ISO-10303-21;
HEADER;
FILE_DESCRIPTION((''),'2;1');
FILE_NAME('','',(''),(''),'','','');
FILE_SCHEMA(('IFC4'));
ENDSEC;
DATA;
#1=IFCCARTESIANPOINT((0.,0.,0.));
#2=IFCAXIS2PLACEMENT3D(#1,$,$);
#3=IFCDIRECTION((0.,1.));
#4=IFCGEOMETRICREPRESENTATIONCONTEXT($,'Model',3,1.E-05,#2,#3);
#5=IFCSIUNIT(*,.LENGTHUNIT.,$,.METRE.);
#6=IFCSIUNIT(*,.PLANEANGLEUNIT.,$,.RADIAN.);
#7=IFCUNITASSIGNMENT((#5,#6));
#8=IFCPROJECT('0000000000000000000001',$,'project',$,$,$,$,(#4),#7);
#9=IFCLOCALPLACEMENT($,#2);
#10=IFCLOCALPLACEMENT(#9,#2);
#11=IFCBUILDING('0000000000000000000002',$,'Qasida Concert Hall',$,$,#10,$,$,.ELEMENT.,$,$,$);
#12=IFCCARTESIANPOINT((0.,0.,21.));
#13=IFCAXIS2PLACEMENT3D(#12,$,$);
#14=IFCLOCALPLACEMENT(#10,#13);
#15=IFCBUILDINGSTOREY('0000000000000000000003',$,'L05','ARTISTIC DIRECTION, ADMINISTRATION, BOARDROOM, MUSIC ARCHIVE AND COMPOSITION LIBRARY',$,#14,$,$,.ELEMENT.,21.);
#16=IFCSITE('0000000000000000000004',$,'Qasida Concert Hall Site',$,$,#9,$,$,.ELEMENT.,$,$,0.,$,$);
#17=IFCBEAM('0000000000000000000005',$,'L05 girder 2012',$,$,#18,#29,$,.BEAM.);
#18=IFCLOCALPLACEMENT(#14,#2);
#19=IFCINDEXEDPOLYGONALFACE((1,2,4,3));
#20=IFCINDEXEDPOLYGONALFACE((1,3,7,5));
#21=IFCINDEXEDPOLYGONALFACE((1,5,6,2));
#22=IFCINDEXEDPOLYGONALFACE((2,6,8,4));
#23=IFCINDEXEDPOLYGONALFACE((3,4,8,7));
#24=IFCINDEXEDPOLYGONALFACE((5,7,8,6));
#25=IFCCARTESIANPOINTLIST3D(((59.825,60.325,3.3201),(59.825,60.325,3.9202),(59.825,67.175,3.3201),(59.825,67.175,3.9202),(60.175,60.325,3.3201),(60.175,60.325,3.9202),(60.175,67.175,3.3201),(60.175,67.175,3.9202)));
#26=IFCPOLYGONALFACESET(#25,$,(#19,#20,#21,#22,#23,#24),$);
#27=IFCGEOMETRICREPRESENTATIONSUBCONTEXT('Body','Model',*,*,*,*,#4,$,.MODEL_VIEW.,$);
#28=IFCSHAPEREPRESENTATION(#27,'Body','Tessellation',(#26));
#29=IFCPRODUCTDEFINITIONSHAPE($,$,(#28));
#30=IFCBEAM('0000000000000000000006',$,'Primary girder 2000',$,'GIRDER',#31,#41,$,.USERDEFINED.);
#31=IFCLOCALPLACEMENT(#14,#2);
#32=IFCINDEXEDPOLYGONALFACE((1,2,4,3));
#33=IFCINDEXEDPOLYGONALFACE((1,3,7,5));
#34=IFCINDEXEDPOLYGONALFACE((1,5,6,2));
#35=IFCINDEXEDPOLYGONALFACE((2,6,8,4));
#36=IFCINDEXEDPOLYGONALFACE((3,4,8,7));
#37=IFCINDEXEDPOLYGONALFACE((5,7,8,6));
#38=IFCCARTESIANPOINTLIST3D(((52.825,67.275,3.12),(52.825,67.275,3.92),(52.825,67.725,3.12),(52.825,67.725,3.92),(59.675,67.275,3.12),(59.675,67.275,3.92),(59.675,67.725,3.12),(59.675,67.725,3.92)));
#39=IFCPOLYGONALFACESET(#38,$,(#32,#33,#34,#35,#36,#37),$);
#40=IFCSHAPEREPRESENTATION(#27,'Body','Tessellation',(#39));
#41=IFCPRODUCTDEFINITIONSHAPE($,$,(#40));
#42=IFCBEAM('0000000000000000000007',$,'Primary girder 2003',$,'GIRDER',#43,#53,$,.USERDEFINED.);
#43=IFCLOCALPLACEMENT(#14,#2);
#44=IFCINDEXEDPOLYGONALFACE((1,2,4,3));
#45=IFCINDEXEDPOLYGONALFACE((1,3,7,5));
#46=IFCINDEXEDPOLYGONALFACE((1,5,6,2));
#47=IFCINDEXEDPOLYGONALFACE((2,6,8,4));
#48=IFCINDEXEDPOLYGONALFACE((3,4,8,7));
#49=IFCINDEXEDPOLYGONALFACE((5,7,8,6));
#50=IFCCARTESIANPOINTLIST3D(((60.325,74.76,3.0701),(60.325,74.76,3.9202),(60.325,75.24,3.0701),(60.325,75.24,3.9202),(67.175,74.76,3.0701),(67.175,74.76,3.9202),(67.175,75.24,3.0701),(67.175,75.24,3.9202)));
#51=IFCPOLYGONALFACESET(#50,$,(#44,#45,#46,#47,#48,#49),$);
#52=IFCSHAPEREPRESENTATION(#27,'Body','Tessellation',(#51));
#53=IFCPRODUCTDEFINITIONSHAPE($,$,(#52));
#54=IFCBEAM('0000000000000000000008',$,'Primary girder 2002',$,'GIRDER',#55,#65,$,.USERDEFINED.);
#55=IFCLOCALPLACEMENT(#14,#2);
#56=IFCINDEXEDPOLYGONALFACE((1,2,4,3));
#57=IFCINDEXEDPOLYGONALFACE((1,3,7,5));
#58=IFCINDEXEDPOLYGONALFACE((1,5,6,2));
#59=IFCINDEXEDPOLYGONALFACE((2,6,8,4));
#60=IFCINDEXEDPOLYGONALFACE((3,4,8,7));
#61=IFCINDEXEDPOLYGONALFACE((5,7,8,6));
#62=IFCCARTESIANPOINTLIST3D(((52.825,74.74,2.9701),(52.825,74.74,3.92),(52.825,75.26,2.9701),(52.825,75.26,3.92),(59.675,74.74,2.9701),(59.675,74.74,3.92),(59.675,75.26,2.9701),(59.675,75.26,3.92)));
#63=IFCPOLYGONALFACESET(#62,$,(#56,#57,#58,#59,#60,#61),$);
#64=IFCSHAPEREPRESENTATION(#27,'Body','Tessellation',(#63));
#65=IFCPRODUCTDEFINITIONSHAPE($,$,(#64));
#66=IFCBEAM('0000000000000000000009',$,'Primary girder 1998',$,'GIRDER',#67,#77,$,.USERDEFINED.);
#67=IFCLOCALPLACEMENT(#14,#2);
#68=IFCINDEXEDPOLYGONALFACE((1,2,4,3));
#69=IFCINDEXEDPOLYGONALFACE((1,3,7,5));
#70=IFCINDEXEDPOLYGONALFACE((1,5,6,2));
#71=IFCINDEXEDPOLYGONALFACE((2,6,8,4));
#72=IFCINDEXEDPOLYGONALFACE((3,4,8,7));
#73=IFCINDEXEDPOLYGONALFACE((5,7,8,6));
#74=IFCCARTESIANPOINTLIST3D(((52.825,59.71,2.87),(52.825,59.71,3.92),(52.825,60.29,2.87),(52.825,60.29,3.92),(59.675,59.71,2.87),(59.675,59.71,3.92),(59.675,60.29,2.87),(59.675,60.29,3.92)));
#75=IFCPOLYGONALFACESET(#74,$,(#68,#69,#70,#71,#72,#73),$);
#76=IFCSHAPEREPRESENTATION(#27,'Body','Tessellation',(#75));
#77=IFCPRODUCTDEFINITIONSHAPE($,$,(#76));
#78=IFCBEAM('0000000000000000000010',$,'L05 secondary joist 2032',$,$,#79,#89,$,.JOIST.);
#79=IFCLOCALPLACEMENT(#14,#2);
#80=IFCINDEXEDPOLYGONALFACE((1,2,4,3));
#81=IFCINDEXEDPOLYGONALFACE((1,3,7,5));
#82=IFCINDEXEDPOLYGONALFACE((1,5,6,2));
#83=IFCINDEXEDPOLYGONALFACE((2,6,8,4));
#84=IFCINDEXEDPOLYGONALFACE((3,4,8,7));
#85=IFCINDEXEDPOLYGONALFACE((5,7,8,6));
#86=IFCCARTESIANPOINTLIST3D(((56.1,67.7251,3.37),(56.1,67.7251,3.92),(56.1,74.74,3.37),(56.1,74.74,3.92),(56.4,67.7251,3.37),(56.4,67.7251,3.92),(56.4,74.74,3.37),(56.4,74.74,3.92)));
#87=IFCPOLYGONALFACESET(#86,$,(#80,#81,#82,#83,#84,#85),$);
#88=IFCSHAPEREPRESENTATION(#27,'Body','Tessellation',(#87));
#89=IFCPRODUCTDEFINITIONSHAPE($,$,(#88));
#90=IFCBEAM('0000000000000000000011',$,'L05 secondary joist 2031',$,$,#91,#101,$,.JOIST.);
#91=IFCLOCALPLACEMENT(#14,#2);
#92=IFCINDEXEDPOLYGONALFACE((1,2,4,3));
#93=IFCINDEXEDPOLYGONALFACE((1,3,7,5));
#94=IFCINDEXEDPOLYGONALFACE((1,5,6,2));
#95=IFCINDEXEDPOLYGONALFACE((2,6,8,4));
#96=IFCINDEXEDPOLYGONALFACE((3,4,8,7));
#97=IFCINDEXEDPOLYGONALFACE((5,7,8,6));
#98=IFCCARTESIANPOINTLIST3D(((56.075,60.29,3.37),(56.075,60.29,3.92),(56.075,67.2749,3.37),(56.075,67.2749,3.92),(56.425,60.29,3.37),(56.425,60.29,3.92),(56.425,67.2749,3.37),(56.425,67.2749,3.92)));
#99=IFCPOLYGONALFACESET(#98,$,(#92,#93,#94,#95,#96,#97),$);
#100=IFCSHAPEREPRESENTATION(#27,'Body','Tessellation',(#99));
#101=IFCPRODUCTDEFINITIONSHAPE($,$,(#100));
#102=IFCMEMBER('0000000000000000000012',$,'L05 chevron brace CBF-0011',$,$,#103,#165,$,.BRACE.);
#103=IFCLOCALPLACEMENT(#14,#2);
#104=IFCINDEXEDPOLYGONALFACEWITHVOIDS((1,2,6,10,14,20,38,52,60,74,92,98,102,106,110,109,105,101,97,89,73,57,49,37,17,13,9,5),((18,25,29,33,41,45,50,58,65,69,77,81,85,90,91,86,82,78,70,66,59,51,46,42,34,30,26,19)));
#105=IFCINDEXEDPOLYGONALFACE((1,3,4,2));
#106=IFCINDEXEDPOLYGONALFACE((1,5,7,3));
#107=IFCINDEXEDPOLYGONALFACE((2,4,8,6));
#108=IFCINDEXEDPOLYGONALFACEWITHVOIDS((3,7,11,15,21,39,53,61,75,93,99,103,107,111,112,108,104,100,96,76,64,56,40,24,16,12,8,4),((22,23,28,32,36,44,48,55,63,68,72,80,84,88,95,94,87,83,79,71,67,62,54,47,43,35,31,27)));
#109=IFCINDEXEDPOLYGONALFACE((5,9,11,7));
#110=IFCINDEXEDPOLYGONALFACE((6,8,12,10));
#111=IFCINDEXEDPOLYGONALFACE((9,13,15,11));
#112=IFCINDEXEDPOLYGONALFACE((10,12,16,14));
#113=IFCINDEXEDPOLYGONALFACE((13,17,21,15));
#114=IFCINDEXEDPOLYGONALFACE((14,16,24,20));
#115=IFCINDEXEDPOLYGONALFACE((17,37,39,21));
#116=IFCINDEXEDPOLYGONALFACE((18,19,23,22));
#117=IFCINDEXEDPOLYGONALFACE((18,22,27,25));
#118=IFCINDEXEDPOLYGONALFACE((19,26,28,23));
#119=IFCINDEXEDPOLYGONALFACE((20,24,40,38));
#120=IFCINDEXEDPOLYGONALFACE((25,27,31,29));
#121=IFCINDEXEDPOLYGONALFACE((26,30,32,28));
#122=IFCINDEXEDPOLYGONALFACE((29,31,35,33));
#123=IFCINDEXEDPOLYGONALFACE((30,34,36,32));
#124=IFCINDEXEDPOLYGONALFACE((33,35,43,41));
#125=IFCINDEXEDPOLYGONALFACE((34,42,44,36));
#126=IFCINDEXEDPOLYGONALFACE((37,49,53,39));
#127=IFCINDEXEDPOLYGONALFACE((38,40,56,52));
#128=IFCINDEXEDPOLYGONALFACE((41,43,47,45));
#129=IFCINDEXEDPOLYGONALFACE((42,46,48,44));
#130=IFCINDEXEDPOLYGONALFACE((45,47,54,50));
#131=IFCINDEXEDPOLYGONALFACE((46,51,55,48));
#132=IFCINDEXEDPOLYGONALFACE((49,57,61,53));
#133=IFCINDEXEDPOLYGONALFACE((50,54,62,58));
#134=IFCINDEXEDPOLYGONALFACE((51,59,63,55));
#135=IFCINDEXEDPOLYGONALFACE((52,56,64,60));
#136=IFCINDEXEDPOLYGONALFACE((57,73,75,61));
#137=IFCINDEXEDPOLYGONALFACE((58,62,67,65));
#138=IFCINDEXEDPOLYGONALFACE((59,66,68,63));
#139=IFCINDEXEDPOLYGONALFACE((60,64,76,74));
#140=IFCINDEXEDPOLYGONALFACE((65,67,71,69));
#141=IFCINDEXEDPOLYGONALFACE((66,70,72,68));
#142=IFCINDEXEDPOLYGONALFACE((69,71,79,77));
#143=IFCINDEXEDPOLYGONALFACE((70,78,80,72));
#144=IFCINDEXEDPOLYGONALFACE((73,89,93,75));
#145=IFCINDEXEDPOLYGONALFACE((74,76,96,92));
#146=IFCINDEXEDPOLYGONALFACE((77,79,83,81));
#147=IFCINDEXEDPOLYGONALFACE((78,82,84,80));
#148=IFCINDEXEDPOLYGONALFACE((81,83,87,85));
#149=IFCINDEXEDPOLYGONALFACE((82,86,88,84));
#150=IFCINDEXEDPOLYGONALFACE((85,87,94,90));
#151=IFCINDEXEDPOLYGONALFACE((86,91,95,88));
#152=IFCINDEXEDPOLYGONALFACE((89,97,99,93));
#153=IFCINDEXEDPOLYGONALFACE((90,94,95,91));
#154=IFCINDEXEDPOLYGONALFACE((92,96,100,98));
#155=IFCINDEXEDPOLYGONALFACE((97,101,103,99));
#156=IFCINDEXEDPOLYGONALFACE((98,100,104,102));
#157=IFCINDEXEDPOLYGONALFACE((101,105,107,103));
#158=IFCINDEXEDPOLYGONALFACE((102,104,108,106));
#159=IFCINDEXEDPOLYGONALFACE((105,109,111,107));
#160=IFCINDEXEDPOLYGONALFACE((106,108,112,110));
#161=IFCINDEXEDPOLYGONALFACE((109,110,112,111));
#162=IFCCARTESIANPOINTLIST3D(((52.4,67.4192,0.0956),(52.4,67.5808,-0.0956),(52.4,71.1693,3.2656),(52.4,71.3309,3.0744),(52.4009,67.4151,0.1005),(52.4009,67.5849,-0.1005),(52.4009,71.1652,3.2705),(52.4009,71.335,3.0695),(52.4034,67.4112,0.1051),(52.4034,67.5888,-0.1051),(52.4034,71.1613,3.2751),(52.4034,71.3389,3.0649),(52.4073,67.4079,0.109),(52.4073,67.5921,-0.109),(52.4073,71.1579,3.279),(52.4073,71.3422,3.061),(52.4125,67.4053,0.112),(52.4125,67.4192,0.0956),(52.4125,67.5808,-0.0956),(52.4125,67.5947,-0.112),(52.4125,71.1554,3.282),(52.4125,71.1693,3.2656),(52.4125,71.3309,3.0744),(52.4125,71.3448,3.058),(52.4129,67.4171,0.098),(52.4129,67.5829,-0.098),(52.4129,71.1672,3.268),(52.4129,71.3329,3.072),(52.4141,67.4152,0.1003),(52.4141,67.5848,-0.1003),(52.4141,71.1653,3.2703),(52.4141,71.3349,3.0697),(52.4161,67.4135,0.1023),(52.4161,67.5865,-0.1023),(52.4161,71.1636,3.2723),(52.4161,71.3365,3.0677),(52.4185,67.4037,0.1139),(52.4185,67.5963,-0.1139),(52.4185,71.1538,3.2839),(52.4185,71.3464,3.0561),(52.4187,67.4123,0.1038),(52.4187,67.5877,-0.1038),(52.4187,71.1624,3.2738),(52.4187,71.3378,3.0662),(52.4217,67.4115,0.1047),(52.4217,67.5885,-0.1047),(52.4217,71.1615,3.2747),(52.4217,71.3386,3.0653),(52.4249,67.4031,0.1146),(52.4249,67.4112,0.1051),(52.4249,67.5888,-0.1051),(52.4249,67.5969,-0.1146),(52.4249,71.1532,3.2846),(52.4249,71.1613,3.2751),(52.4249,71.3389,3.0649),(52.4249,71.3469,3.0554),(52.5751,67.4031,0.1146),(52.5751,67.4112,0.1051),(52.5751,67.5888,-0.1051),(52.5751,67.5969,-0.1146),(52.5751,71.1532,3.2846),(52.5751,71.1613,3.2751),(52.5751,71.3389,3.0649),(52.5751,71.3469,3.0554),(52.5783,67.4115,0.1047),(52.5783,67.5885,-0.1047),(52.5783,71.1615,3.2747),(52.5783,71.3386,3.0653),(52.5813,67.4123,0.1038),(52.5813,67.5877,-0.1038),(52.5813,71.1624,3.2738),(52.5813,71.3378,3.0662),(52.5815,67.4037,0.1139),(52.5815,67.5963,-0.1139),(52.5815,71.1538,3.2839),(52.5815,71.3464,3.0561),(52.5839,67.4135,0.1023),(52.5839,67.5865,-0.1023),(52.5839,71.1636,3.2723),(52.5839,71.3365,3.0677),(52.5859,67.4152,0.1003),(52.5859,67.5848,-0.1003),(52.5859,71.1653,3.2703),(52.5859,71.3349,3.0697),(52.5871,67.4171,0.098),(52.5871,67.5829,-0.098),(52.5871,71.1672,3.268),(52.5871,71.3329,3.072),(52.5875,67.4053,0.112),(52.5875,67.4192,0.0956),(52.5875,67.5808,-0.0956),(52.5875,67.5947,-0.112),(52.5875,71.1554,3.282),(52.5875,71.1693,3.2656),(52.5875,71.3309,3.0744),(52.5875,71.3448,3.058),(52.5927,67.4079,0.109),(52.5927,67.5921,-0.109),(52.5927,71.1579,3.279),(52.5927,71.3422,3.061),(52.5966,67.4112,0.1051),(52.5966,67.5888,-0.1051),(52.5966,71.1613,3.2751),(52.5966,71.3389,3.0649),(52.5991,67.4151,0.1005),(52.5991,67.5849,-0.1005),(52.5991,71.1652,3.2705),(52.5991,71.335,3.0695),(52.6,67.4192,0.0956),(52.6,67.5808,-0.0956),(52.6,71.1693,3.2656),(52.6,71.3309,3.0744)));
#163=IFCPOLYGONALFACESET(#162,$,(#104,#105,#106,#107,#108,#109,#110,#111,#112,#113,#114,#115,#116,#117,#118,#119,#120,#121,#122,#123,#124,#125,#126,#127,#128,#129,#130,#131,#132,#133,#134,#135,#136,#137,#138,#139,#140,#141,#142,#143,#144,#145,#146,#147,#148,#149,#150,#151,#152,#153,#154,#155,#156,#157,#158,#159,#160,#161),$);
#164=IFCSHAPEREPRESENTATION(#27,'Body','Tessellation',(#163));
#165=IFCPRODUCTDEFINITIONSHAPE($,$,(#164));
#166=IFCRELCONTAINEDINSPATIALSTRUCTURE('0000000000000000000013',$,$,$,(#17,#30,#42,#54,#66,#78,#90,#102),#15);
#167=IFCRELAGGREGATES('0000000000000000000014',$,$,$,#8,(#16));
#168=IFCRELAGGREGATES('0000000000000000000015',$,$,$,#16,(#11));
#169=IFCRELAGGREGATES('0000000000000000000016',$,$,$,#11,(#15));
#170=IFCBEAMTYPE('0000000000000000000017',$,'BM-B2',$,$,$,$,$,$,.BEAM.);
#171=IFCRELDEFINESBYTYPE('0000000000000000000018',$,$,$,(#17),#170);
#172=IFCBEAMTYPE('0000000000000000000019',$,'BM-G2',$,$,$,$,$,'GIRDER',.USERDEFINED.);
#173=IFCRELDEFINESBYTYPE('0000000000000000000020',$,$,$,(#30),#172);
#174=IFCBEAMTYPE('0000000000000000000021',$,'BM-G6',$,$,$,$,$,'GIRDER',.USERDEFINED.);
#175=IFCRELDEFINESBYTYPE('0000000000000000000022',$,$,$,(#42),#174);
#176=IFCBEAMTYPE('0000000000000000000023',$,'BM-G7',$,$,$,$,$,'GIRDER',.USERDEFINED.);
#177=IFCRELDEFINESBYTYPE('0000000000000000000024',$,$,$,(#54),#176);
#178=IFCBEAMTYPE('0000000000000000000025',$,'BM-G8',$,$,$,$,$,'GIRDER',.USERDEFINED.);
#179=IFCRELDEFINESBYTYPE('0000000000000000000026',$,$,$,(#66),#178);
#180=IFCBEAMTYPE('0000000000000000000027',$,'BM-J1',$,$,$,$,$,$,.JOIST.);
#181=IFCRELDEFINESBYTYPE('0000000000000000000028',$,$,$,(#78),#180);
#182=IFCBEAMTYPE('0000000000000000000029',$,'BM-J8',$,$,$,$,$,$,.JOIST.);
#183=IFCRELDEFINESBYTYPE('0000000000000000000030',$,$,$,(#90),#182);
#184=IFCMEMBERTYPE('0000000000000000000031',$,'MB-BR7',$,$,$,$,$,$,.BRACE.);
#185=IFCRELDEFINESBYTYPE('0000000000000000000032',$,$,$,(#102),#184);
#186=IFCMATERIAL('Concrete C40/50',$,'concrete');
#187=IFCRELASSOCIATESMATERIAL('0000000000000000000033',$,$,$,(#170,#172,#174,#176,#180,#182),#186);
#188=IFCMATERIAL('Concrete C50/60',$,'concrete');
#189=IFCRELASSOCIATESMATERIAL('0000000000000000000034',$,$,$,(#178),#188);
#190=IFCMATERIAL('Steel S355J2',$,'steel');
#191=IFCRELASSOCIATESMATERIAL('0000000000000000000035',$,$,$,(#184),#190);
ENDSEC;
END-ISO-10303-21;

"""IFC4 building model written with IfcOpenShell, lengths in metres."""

from ifc_helpers import new_model, si_unit, direction, frame, origin, origin_2d, place, context, subcontext, project, spatial, rectangle, hollow_rectangle, extrude, material, material_profile, profile_set, type_object, element, save


model = new_model("IFC4")

# Units and contexts
model_context = context("Model", 3, precision=1e-05, world=origin(), true_north=direction((0.0, 1.0)))
body_context = subcontext(model_context, "Body", "Model", "MODEL_VIEW")
ifc_project = project(units=[si_unit("LENGTHUNIT", "METRE"), si_unit("PLANEANGLEUNIT", "RADIAN")], contexts=[model_context])

# Site, building, storey
site_placement = place(None, origin())
site = spatial("IfcSite", under=ifc_project, at=site_placement, Name="Qasida Concert Hall Site", CompositionType="ELEMENT", RefElevation=0.0)
building_placement = place(site_placement, origin())
building = spatial("IfcBuilding", under=site, at=building_placement, Name="Qasida Concert Hall", CompositionType="ELEMENT")
storey_placement = place(building_placement, frame((0.0, 0.0, 21.0)))
storey = spatial("IfcBuildingStorey", under=building, at=storey_placement, Name="L05", Description="ARTISTIC DIRECTION, ADMINISTRATION, BOARDROOM, MUSIC ARCHIVE AND COMPOSITION LIBRARY", CompositionType="ELEMENT", Elevation=21.0)

# Shared definitions
ifc_material_1 = material(Name="Concrete C50/60", Category="concrete")

# Beams
ifc_material_2 = material(Name="Steel S355J2", Category="steel")
ifc_material_3 = material(Name="Concrete C40/50", Category="concrete")
ifc_material_profile_1 = material_profile(ifc_material_3, rectangle(XDim=0.3501, YDim=0.6001, at=origin_2d()), Name="RC 350x600")
ifc_profile_set_1 = profile_set([ifc_material_profile_1], Name="Concrete C40/50")
beam_type_1 = type_object("IfcBeamType", Name="BM-B2", PredefinedType="BEAM", material=ifc_profile_set_1)
beam_1_placement = place(storey_placement, frame((60.0, 60.325, 3.6201), z_axis=(0.0, 1.0, 0.0), x_axis=(-1.0, 0.0, 0.0)))
element("IfcBeam", 1, at=beam_1_placement, inside=storey, type_object=beam_type_1, Name="L05 girder 2012", PredefinedType="BEAM", context=body_context, shape_type="SweptSolid", body=[
    extrude(rectangle(XDim=0.3501, YDim=0.6001, at=origin_2d()), origin(), (0.0, 0.0, 1.0), 6.8501),
])
ifc_material_profile_2 = material_profile(ifc_material_3, rectangle(XDim=0.45, YDim=0.8, at=origin_2d()), Name="RC 450x800")
ifc_profile_set_2 = profile_set([ifc_material_profile_2], Name="Concrete C40/50")
beam_type_2 = type_object("IfcBeamType", Name="BM-G2", ElementType="GIRDER", PredefinedType="USERDEFINED", material=ifc_profile_set_2)
beam_2_placement = place(storey_placement, frame((52.825, 67.5, 3.52), z_axis=(1.0, 0.0, 0.0), x_axis=(0.0, 1.0, 0.0)))
element("IfcBeam", 2, at=beam_2_placement, inside=storey, type_object=beam_type_2, Name="Primary girder 2000", ObjectType="GIRDER", PredefinedType="USERDEFINED", context=body_context, shape_type="SweptSolid", body=[
    extrude(rectangle(XDim=0.45, YDim=0.8, at=origin_2d()), origin(), (0.0, 0.0, 1.0), 6.8501),
])
ifc_material_profile_3 = material_profile(ifc_material_3, rectangle(XDim=0.48, YDim=0.8501, at=origin_2d()), Name="RC 480x850")
ifc_profile_set_3 = profile_set([ifc_material_profile_3], Name="Concrete C40/50")
beam_type_3 = type_object("IfcBeamType", Name="BM-G6", ElementType="GIRDER", PredefinedType="USERDEFINED", material=ifc_profile_set_3)
beam_3_placement = place(storey_placement, frame((60.325, 75.0, 3.4951), z_axis=(1.0, 0.0, 0.0), x_axis=(0.0, 1.0, 0.0)))
element("IfcBeam", 3, at=beam_3_placement, inside=storey, type_object=beam_type_3, Name="Primary girder 2003", ObjectType="GIRDER", PredefinedType="USERDEFINED", context=body_context, shape_type="SweptSolid", body=[
    extrude(rectangle(XDim=0.48, YDim=0.8501, at=origin_2d()), origin(), (0.0, 0.0, 1.0), 6.8501),
])
ifc_material_profile_4 = material_profile(ifc_material_3, rectangle(XDim=0.52, YDim=0.95, at=origin_2d()), Name="RC 520x950")
ifc_profile_set_4 = profile_set([ifc_material_profile_4], Name="Concrete C40/50")
beam_type_4 = type_object("IfcBeamType", Name="BM-G7", ElementType="GIRDER", PredefinedType="USERDEFINED", material=ifc_profile_set_4)
beam_4_placement = place(storey_placement, frame((52.825, 75.0, 3.4451), z_axis=(1.0, 0.0, 0.0), x_axis=(0.0, 1.0, 0.0)))
element("IfcBeam", 4, at=beam_4_placement, inside=storey, type_object=beam_type_4, Name="Primary girder 2002", ObjectType="GIRDER", PredefinedType="USERDEFINED", context=body_context, shape_type="SweptSolid", body=[
    extrude(rectangle(XDim=0.52, YDim=0.95, at=origin_2d()), origin(), (0.0, 0.0, 1.0), 6.8501),
])
ifc_material_profile_5 = material_profile(ifc_material_1, rectangle(XDim=0.5801, YDim=1.05, at=origin_2d()), Name="RC 580x1050")
ifc_profile_set_5 = profile_set([ifc_material_profile_5], Name="Concrete C50/60")
beam_type_5 = type_object("IfcBeamType", Name="BM-G8", ElementType="GIRDER", PredefinedType="USERDEFINED", material=ifc_profile_set_5)
beam_5_placement = place(storey_placement, frame((52.825, 60.0, 3.395), z_axis=(1.0, 0.0, 0.0), x_axis=(0.0, 1.0, 0.0)))
element("IfcBeam", 5, at=beam_5_placement, inside=storey, type_object=beam_type_5, Name="Primary girder 1998", ObjectType="GIRDER", PredefinedType="USERDEFINED", context=body_context, shape_type="SweptSolid", body=[
    extrude(rectangle(XDim=0.5801, YDim=1.05, at=origin_2d()), origin(), (0.0, 0.0, 1.0), 6.8501),
])
ifc_material_profile_6 = material_profile(ifc_material_3, rectangle(XDim=0.3, YDim=0.55, at=origin_2d()), Name="RC 300x550")
ifc_profile_set_6 = profile_set([ifc_material_profile_6], Name="Concrete C40/50")
beam_type_6 = type_object("IfcBeamType", Name="BM-J1", PredefinedType="JOIST", material=ifc_profile_set_6)
beam_6_placement = place(storey_placement, frame((56.25, 67.7251, 3.645), z_axis=(0.0, 1.0, 0.0), x_axis=(-1.0, 0.0, 0.0)))
element("IfcBeam", 6, at=beam_6_placement, inside=storey, type_object=beam_type_6, Name="L05 secondary joist 2032", PredefinedType="JOIST", context=body_context, shape_type="SweptSolid", body=[
    extrude(rectangle(XDim=0.3, YDim=0.55, at=origin_2d()), origin(), (0.0, 0.0, 1.0), 7.0149),
])
ifc_material_profile_7 = material_profile(ifc_material_3, rectangle(XDim=0.3501, YDim=0.55, at=origin_2d()), Name="RC 350x550")
ifc_profile_set_7 = profile_set([ifc_material_profile_7], Name="Concrete C40/50")
beam_type_7 = type_object("IfcBeamType", Name="BM-J8", PredefinedType="JOIST", material=ifc_profile_set_7)
beam_7_placement = place(storey_placement, frame((56.25, 60.29, 3.645), z_axis=(0.0, 1.0, 0.0), x_axis=(-1.0, 0.0, 0.0)))
element("IfcBeam", 7, at=beam_7_placement, inside=storey, type_object=beam_type_7, Name="L05 secondary joist 2031", PredefinedType="JOIST", context=body_context, shape_type="SweptSolid", body=[
    extrude(rectangle(XDim=0.3501, YDim=0.55, at=origin_2d()), origin(), (0.0, 0.0, 1.0), 6.9849),
])

# Member
ifc_material_profile_8 = material_profile(ifc_material_2, hollow_rectangle(XDim=0.2, YDim=0.3, WallThickness=0.0125, InnerFilletRadius=0.0125, OuterFilletRadius=0.0249, at=origin_2d()), Name="RHS 300x200x12.5")
ifc_profile_set_8 = profile_set([ifc_material_profile_8], Name="Steel S355J2")
member_type = type_object("IfcMemberType", Name="MB-BR7", PredefinedType="BRACE", material=ifc_profile_set_8)
for number, where, z_axis, x_axis, name in (
    (8, (52.5, 67.5, 0.0), (0.0, 0.763703, 0.645568), (-1.0, 0.0, 0.0), "L05 chevron brace CBF-0011"),
):
    element("IfcMember", number, at=place(storey_placement, frame(where, z_axis=z_axis, x_axis=x_axis)), inside=storey, type_object=member_type, Name=name, PredefinedType="BRACE", context=body_context, shape_type="SweptSolid", body=[
        extrude(hollow_rectangle(XDim=0.2, YDim=0.3, WallThickness=0.0125, InnerFilletRadius=0.0125, OuterFilletRadius=0.0249, at=origin_2d()), origin(), (0.0, 0.0, 1.0), 4.9104),
    ])

save(model, "model.ifc")
